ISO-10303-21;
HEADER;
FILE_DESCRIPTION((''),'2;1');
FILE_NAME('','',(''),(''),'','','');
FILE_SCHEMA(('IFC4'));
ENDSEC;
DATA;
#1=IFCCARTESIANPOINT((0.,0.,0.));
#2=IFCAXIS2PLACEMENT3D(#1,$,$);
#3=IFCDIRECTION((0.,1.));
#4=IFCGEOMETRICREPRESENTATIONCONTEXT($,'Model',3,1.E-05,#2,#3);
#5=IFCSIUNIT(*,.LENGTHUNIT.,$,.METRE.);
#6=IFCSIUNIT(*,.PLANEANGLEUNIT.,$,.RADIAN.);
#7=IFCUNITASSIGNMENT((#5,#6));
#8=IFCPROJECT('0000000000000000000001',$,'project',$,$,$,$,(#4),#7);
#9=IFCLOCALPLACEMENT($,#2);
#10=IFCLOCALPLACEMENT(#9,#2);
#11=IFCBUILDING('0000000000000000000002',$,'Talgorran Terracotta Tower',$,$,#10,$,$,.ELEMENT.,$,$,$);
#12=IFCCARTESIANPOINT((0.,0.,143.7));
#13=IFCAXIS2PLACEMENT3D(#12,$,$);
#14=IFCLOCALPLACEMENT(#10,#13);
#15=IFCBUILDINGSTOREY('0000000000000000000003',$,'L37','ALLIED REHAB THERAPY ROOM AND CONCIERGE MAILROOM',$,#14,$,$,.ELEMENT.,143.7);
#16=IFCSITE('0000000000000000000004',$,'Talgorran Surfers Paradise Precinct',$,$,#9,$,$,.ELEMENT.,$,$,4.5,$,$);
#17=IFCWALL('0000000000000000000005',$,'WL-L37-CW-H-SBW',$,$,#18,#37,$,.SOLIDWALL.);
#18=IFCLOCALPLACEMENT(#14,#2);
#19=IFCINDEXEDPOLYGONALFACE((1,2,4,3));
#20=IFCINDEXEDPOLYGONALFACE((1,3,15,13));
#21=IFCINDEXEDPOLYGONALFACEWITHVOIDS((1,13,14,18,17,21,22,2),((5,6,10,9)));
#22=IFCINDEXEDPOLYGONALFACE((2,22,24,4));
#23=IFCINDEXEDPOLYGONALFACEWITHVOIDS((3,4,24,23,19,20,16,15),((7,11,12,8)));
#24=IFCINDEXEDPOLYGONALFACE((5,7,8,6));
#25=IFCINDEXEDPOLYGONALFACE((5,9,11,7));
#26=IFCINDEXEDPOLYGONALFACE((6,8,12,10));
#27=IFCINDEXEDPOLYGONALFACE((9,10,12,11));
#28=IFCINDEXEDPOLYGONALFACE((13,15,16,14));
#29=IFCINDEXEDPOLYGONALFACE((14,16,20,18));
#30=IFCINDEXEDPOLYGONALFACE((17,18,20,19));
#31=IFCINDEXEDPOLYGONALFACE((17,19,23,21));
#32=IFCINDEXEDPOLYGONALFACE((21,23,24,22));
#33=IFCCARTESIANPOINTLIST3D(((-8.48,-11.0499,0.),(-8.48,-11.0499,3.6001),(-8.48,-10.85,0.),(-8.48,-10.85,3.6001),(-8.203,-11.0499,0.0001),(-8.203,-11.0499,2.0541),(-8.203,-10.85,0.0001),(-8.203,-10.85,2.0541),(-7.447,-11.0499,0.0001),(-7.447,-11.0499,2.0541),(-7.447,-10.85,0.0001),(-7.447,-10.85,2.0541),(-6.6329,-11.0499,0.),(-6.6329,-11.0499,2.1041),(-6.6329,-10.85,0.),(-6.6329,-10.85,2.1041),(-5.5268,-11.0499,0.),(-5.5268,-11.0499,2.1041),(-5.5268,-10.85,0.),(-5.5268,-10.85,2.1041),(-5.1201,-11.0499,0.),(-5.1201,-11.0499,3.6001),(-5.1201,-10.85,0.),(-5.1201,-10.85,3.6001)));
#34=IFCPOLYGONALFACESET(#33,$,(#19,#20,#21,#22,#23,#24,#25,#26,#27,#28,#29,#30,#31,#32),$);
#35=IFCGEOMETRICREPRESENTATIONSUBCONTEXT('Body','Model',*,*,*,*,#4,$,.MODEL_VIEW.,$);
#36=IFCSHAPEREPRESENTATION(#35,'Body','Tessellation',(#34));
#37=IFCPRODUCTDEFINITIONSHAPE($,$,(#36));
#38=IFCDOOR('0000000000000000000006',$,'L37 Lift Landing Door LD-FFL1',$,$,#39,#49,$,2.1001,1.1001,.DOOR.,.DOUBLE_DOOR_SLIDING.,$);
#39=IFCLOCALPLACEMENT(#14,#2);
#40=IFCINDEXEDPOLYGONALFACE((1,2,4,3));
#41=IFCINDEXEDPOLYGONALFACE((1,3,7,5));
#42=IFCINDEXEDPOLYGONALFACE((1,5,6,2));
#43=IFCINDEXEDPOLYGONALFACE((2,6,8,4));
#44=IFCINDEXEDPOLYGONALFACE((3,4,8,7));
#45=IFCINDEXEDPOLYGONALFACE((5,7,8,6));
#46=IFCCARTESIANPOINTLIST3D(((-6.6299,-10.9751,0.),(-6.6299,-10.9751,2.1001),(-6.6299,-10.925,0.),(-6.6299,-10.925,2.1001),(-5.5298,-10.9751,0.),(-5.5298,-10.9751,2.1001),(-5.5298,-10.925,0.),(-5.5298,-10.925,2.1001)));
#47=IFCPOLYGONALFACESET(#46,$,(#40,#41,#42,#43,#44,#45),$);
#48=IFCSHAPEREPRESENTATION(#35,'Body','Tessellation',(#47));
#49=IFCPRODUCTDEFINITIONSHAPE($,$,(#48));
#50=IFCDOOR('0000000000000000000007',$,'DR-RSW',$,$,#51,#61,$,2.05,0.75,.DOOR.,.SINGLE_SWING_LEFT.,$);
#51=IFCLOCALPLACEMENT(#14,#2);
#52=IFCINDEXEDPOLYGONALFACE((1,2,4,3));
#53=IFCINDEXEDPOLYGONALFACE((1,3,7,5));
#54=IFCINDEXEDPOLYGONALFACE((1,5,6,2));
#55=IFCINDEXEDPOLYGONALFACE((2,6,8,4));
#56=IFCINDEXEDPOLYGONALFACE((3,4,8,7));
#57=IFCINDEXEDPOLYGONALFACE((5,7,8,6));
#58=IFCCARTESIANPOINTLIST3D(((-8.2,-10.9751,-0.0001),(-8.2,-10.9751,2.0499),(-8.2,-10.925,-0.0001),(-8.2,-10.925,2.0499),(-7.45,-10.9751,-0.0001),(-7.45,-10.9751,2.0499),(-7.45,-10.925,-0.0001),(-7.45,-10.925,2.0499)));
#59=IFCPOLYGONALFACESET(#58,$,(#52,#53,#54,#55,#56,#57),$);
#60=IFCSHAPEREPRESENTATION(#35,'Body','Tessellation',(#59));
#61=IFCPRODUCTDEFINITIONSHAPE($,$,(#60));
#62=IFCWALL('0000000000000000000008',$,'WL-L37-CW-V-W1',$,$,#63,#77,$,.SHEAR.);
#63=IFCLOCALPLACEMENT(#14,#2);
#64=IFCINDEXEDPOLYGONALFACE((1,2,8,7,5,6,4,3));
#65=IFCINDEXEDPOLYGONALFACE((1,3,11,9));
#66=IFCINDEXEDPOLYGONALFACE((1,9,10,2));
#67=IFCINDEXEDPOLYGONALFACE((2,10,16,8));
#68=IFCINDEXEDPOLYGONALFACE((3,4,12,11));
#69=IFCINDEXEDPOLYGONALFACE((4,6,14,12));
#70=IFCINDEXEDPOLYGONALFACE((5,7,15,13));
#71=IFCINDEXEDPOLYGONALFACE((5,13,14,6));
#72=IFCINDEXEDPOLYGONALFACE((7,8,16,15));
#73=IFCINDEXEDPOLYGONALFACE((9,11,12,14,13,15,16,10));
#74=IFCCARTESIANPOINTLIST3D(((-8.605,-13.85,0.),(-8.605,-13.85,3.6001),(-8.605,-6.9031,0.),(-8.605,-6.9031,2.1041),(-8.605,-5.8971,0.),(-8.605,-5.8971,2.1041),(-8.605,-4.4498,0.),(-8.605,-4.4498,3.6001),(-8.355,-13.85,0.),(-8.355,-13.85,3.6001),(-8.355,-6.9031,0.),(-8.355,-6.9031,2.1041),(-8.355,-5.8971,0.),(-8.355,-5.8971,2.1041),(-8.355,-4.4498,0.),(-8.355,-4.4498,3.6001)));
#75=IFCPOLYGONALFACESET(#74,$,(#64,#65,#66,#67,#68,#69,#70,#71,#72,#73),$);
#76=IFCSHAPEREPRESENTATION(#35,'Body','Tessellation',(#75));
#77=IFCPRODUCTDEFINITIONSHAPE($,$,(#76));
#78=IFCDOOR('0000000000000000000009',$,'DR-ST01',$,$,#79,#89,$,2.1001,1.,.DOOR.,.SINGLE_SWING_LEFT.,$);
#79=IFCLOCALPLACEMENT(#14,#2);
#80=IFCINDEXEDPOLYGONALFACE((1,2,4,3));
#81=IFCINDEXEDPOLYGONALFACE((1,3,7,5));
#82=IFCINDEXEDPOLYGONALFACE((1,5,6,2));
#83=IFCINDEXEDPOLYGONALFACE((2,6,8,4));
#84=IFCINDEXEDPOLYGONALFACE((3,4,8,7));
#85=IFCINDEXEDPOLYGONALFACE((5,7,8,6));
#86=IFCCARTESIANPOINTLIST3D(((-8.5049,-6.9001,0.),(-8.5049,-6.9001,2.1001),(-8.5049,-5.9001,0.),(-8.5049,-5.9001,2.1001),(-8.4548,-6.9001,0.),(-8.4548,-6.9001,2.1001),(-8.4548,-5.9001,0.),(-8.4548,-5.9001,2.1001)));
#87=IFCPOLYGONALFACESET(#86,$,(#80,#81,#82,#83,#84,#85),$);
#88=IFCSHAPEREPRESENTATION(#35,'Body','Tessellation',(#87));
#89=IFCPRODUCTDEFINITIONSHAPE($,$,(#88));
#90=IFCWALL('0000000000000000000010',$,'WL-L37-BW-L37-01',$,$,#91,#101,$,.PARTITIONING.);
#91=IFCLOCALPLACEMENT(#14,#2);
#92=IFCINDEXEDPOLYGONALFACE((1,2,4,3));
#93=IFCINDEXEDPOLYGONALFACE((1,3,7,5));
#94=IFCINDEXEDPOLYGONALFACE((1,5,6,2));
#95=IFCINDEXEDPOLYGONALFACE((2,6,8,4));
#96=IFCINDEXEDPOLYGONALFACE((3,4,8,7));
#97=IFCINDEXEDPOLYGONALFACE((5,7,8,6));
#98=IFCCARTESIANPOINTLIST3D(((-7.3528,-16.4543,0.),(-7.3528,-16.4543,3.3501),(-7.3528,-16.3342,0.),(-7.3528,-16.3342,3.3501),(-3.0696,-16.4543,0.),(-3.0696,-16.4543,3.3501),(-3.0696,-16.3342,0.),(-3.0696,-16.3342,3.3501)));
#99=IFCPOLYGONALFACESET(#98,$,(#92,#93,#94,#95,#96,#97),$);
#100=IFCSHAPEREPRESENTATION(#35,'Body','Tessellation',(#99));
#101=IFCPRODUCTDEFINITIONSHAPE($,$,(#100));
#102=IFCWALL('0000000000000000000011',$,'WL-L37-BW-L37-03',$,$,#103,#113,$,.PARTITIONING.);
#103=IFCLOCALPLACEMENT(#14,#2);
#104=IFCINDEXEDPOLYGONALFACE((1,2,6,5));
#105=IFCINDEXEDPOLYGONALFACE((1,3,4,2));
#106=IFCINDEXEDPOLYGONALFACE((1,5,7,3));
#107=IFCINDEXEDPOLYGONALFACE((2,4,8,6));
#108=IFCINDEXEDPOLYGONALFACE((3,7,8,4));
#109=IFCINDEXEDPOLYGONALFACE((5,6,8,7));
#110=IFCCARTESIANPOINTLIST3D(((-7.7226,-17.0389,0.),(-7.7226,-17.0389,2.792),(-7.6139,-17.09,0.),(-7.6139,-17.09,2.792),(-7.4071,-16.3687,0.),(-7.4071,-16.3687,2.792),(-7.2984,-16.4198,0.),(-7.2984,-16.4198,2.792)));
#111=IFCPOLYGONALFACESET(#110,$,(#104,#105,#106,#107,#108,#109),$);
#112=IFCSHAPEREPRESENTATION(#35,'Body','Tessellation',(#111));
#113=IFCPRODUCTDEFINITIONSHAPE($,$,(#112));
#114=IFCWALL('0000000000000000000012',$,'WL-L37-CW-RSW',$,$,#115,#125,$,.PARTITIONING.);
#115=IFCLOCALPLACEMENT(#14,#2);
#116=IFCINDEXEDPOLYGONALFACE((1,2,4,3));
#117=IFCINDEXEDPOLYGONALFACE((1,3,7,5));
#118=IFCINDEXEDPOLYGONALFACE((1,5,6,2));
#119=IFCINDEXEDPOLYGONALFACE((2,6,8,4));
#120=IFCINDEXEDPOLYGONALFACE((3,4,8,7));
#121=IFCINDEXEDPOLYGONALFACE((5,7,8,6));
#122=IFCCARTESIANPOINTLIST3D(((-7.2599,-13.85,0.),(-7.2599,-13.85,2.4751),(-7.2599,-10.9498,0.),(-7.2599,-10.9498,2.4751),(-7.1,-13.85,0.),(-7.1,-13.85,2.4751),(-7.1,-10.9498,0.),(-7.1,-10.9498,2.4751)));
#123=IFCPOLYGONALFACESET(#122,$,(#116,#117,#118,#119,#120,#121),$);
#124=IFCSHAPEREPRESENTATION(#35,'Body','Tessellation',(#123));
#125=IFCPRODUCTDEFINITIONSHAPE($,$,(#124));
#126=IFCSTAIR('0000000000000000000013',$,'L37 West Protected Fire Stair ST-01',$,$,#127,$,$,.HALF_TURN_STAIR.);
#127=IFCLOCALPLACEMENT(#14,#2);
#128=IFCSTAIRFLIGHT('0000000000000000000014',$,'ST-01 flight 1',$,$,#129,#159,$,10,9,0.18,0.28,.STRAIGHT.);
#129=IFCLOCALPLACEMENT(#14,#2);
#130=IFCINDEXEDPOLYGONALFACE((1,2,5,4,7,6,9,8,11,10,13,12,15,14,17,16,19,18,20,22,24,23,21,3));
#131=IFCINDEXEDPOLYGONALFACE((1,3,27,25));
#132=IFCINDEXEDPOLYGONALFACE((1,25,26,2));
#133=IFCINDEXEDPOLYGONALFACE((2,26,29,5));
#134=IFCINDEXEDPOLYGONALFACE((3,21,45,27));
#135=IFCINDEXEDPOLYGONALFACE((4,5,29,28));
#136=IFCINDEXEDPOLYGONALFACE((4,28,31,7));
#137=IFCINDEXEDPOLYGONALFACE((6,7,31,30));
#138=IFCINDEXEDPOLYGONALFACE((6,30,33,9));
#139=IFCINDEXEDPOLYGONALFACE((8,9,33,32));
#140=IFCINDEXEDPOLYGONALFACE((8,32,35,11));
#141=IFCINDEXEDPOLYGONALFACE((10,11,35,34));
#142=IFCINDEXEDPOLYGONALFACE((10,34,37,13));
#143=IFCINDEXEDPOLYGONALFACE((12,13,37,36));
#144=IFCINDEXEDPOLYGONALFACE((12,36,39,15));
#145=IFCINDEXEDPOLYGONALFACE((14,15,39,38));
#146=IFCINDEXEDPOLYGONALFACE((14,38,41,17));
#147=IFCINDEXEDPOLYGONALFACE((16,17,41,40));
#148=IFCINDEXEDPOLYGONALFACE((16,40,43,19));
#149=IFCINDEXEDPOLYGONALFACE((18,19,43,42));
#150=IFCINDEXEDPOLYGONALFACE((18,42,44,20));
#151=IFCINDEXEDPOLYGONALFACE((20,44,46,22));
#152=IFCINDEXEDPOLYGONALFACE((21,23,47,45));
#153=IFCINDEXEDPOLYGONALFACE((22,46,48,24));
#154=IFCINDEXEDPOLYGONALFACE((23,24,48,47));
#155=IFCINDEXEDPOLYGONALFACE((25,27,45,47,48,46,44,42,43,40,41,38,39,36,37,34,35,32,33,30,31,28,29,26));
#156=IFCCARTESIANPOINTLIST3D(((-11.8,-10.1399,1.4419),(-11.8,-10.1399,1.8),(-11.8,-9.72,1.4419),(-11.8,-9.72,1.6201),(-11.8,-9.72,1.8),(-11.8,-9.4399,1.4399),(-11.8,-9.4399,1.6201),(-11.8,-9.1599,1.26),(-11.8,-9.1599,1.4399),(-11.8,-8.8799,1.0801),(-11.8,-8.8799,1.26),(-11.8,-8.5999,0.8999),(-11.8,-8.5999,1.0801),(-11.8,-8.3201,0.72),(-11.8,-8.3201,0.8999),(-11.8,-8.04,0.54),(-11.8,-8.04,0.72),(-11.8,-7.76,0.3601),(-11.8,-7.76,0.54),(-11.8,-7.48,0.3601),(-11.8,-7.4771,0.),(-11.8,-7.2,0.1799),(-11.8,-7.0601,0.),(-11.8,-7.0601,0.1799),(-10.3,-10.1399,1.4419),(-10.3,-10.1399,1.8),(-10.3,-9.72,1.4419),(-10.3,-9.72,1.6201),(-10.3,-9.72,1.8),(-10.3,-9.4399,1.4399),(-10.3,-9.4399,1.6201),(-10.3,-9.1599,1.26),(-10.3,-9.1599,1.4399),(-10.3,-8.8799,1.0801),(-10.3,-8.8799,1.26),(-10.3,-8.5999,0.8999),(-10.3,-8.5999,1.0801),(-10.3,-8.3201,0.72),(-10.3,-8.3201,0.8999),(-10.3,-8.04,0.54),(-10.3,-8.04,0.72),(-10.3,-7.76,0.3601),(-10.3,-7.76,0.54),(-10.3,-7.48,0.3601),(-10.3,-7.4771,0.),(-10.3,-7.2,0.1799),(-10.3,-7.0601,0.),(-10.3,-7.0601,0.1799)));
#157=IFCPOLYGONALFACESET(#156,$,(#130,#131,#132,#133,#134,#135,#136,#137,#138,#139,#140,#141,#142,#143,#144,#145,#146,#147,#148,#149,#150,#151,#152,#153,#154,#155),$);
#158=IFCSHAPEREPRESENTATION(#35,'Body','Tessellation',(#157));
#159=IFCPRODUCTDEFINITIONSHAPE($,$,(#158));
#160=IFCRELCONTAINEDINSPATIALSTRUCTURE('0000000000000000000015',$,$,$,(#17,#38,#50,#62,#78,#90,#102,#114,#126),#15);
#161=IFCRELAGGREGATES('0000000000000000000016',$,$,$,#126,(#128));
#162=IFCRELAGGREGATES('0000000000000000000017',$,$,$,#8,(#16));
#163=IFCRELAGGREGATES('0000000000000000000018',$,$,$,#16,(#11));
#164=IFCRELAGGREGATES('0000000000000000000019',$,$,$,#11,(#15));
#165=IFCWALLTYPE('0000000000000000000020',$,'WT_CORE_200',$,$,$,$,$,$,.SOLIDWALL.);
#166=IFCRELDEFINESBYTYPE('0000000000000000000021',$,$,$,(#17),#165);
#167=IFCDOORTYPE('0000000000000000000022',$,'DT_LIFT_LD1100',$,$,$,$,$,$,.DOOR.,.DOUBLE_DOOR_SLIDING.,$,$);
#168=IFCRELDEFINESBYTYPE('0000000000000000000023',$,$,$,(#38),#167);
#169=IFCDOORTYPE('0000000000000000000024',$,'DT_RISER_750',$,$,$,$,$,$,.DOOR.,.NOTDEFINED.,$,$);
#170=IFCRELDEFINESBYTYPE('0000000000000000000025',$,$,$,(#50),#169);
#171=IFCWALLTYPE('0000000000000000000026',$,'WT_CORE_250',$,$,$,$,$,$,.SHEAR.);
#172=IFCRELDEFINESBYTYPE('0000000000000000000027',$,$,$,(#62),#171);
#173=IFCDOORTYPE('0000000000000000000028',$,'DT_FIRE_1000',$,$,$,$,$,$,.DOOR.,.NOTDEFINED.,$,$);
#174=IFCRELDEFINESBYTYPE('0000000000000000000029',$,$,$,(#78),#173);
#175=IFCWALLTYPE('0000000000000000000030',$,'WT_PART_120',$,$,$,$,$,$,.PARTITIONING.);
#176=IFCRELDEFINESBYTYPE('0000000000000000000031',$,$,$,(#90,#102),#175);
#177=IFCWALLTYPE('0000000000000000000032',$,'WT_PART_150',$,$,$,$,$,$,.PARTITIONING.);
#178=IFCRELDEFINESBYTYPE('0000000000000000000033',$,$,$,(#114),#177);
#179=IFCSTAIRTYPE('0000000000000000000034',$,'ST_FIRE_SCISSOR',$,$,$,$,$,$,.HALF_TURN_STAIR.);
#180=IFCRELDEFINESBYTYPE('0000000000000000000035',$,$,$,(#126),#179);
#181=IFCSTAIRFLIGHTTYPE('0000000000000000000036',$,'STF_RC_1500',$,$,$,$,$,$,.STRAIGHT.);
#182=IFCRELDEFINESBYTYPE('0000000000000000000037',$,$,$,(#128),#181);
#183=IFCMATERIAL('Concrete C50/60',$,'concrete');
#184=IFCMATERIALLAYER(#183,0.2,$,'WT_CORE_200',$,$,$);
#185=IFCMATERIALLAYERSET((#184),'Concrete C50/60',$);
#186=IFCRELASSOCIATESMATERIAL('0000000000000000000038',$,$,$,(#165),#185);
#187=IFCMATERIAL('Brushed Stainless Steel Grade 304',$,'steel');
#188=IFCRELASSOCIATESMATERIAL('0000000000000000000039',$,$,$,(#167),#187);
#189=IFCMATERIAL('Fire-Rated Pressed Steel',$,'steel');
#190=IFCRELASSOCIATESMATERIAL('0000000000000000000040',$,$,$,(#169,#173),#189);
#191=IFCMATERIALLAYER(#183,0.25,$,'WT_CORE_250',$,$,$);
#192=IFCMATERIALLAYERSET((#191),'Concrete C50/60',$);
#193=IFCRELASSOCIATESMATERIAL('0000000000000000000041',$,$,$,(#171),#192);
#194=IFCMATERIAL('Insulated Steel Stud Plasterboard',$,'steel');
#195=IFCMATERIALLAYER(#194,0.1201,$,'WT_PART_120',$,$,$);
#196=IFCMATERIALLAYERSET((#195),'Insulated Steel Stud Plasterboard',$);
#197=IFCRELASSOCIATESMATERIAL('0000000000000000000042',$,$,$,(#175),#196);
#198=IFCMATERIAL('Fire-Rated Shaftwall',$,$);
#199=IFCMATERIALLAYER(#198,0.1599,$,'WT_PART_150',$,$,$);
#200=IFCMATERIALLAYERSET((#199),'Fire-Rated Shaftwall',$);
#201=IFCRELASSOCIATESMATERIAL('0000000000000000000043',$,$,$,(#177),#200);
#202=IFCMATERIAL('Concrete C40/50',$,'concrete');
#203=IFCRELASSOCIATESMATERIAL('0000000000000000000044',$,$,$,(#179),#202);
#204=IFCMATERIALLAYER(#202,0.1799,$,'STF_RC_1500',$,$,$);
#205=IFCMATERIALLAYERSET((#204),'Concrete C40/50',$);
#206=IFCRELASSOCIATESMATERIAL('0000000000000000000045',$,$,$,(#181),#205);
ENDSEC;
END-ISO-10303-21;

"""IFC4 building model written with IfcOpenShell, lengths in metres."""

from ifc_helpers import new_model, si_unit, direction, frame, frame_2d, origin, place, context, subcontext, project, spatial, polyline, rectangle, outline, extrude, material, layer, layer_set, type_object, element, fill, aggregate, save


model = new_model("IFC4")

# Units and contexts
model_context = context("Model", 3, precision=1e-05, world=origin(), true_north=direction((0.0, 1.0)))
body_context = subcontext(model_context, "Body", "Model", "MODEL_VIEW")
ifc_project = project(units=[si_unit("LENGTHUNIT", "METRE"), si_unit("PLANEANGLEUNIT", "RADIAN")], contexts=[model_context])

# Site, building, storey
site_placement = place(None, origin())
site = spatial("IfcSite", under=ifc_project, at=site_placement, Name="Talgorran Surfers Paradise Precinct", CompositionType="ELEMENT", RefElevation=4.5)
building_placement = place(site_placement, origin())
building = spatial("IfcBuilding", under=site, at=building_placement, Name="Talgorran Terracotta Tower", CompositionType="ELEMENT")
storey_placement = place(building_placement, frame((0.0, 0.0, 143.7)))
storey = spatial("IfcBuildingStorey", under=building, at=storey_placement, Name="L37", Description="ALLIED REHAB THERAPY ROOM AND CONCIERGE MAILROOM", CompositionType="ELEMENT", Elevation=143.7)

# Shared definitions
ifc_material_1 = material(Name="Concrete C50/60", Category="concrete")

# Wall, openings, doors
ifc_layer_1 = layer(ifc_material_1, 0.2, Name="WT_CORE_200")
ifc_layer_set_1 = layer_set([ifc_layer_1], Name="Concrete C50/60")
wall_type_1 = type_object("IfcWallType", Name="WT_CORE_200", PredefinedType="SOLIDWALL", material=ifc_layer_set_1)
wall_1_placement = place(storey_placement, frame((-8.48, -10.95, 0.0), z_axis=(0.0, 0.0, 1.0), x_axis=(1.0, 0.0, 0.0)))
wall_1 = element("IfcWall", 1, at=wall_1_placement, inside=storey, type_object=wall_type_1, Name="WL-L37-CW-H-SBW", PredefinedType="SOLIDWALL", context=body_context, shape_type="SweptSolid", body=[
    extrude(rectangle(XDim=3.3599, YDim=0.2, at=frame_2d((1.6799, 0.0))), origin(), (0.0, 0.0, 1.0), 3.6001),
])
opening_1_placement = place(wall_1_placement, frame((0.28, 0.0, 0.0)))
opening_1 = element("IfcOpeningElement", 2, at=opening_1_placement, cuts=wall_1, PredefinedType="OPENING", context=body_context, shape_type="SweptSolid", body=[
    extrude(rectangle(XDim=0.756, YDim=2.054, at=frame_2d((0.375, 1.0271))), frame((0.0, 0.1099, 0.0), z_axis=(0.0, -1.0, 0.0), x_axis=(1.0, 0.0, 0.0)), (0.0, 0.0, 1.0), 0.22),
])
opening_2_placement = place(wall_1_placement, frame((1.8501, 0.0, 0.0)))
opening_2 = element("IfcOpeningElement", 3, at=opening_2_placement, cuts=wall_1, PredefinedType="OPENING", context=body_context, shape_type="SweptSolid", body=[
    extrude(rectangle(XDim=1.1061, YDim=2.1041, at=frame_2d((0.55, 1.052))), frame((0.0, 0.1099, 0.0), z_axis=(0.0, -1.0, 0.0), x_axis=(1.0, 0.0, 0.0)), (0.0, 0.0, 1.0), 0.22),
])
ifc_material_2 = material(Name="Brushed Stainless Steel Grade 304", Category="steel")
door_type_1 = type_object("IfcDoorType", Name="DT_LIFT_LD1100", OperationType="DOUBLE_DOOR_SLIDING", PredefinedType="DOOR", material=ifc_material_2)
door_1_placement = place(opening_2_placement, origin())
door_1 = element("IfcDoor", 4, at=door_1_placement, inside=storey, type_object=door_type_1, Name="L37 Lift Landing Door LD-FFL1", OperationType="DOUBLE_DOOR_SLIDING", OverallHeight=2.1001, OverallWidth=1.1001, PredefinedType="DOOR", context=body_context, shape_type="SweptSolid", body=[
    extrude(rectangle(XDim=1.1001, YDim=2.1001, at=frame_2d((0.55, 1.05))), frame((0.0, 0.0249, 0.0), z_axis=(0.0, -1.0, 0.0), x_axis=(1.0, 0.0, 0.0)), (0.0, 0.0, 1.0), 0.05),
])
fill(opening_2, door_1)
ifc_material_3 = material(Name="Fire-Rated Pressed Steel", Category="steel")
door_type_2 = type_object("IfcDoorType", Name="DT_RISER_750", OperationType="NOTDEFINED", PredefinedType="DOOR", material=ifc_material_3)
door_2_placement = place(opening_1_placement, origin())
door_2 = element("IfcDoor", 5, at=door_2_placement, inside=storey, type_object=door_type_2, Name="DR-RSW", OperationType="SINGLE_SWING_LEFT", OverallHeight=2.05, OverallWidth=0.75, PredefinedType="DOOR", context=body_context, shape_type="SweptSolid", body=[
    extrude(rectangle(XDim=0.75, YDim=2.05, at=frame_2d((0.375, 1.0249))), frame((0.0, 0.0249, 0.0), z_axis=(0.0, -1.0, 0.0), x_axis=(1.0, 0.0, 0.0)), (0.0, 0.0, 1.0), 0.05),
])
fill(opening_1, door_2)

# Wall, opening, door
ifc_layer_2 = layer(ifc_material_1, 0.25, Name="WT_CORE_250")
ifc_layer_set_2 = layer_set([ifc_layer_2], Name="Concrete C50/60")
wall_type_2 = type_object("IfcWallType", Name="WT_CORE_250", PredefinedType="SHEAR", material=ifc_layer_set_2)
wall_2_placement = place(storey_placement, frame((-8.48, -13.8501, 0.0), z_axis=(0.0, 0.0, 1.0), x_axis=(0.0, 1.0, 0.0)))
wall_2 = element("IfcWall", 6, at=wall_2_placement, inside=storey, type_object=wall_type_2, Name="WL-L37-CW-V-W1", PredefinedType="SHEAR", context=body_context, shape_type="SweptSolid", body=[
    extrude(rectangle(XDim=9.4001, YDim=0.25, at=frame_2d((4.7002, 0.0))), origin(), (0.0, 0.0, 1.0), 3.6001),
])
opening_3_placement = place(wall_2_placement, frame((6.95, 0.0, 0.0)))
opening_3 = element("IfcOpeningElement", 7, at=opening_3_placement, cuts=wall_2, PredefinedType="OPENING", context=body_context, shape_type="SweptSolid", body=[
    extrude(rectangle(XDim=1.006, YDim=2.1041, at=frame_2d((0.5, 1.052))), frame((0.0, 0.135, 0.0), z_axis=(0.0, -1.0, 0.0), x_axis=(1.0, 0.0, 0.0)), (0.0, 0.0, 1.0), 0.27),
])
door_type_3 = type_object("IfcDoorType", Name="DT_FIRE_1000", OperationType="NOTDEFINED", PredefinedType="DOOR", material=ifc_material_3)
door_3_placement = place(opening_3_placement, origin())
door_3 = element("IfcDoor", 8, at=door_3_placement, inside=storey, type_object=door_type_3, Name="DR-ST01", OperationType="SINGLE_SWING_LEFT", OverallHeight=2.1001, OverallWidth=1.0, PredefinedType="DOOR", context=body_context, shape_type="SweptSolid", body=[
    extrude(rectangle(XDim=1.0, YDim=2.1001, at=frame_2d((0.5, 1.05))), frame((0.0, 0.0249, 0.0), z_axis=(0.0, -1.0, 0.0), x_axis=(1.0, 0.0, 0.0)), (0.0, 0.0, 1.0), 0.05),
])
fill(opening_3, door_3)

# Walls
ifc_material_4 = material(Name="Insulated Steel Stud Plasterboard", Category="steel")
ifc_layer_3 = layer(ifc_material_4, 0.1201, Name="WT_PART_120")
ifc_layer_set_3 = layer_set([ifc_layer_3], Name="Insulated Steel Stud Plasterboard")
wall_type_3 = type_object("IfcWallType", Name="WT_PART_120", PredefinedType="PARTITIONING", material=ifc_layer_set_3)
wall_3_placement = place(storey_placement, frame((-7.3528, -16.3943, 0.0), z_axis=(0.0, 0.0, 1.0), x_axis=(1.0, 0.0, 0.0)))
element("IfcWall", 9, at=wall_3_placement, inside=storey, type_object=wall_type_3, Name="WL-L37-BW-L37-01", PredefinedType="PARTITIONING", context=body_context, shape_type="SweptSolid", body=[
    extrude(rectangle(XDim=4.2832, YDim=0.1201, at=frame_2d((2.1416, 0.0))), origin(), (0.0, 0.0, 1.0), 3.3501),
])
wall_4_placement = place(storey_placement, frame((-7.6682, -17.0645, 0.0), z_axis=(0.0, 0.0, 1.0), x_axis=(0.425861, 0.904789, 0.0)))
element("IfcWall", 10, at=wall_4_placement, inside=storey, type_object=wall_type_3, Name="WL-L37-BW-L37-03", PredefinedType="PARTITIONING", context=body_context, shape_type="SweptSolid", body=[
    extrude(rectangle(XDim=0.7407, YDim=0.1201, at=frame_2d((0.3704, 0.0))), origin(), (0.0, 0.0, 1.0), 2.792),
])
ifc_material_5 = material(Name="Fire-Rated Shaftwall")
ifc_layer_4 = layer(ifc_material_5, 0.1599, Name="WT_PART_150")
ifc_layer_set_4 = layer_set([ifc_layer_4], Name="Fire-Rated Shaftwall")
wall_type_4 = type_object("IfcWallType", Name="WT_PART_150", PredefinedType="PARTITIONING", material=ifc_layer_set_4)
wall_5_placement = place(storey_placement, frame((-7.1799, -13.8501, 0.0), z_axis=(0.0, 0.0, 1.0), x_axis=(0.0, 1.0, 0.0)))
element("IfcWall", 11, at=wall_5_placement, inside=storey, type_object=wall_type_4, Name="WL-L37-CW-RSW", PredefinedType="PARTITIONING", context=body_context, shape_type="SweptSolid", body=[
    extrude(rectangle(XDim=2.9001, YDim=0.1599, at=frame_2d((1.4502, 0.0))), origin(), (0.0, 0.0, 1.0), 2.4751),
])

# Stair, stair flight
ifc_material_6 = material(Name="Concrete C40/50", Category="concrete")
stair_type = type_object("IfcStairType", Name="ST_FIRE_SCISSOR", PredefinedType="HALF_TURN_STAIR", material=ifc_material_6)
stair_placement = place(storey_placement, origin())
stair = element("IfcStair", 12, at=stair_placement, inside=storey, type_object=stair_type, Name="L37 West Protected Fire Stair ST-01", PredefinedType="HALF_TURN_STAIR")
ifc_layer_5 = layer(ifc_material_6, 0.1799, Name="STF_RC_1500")
ifc_layer_set_5 = layer_set([ifc_layer_5], Name="Concrete C40/50")
stair_flight_type = type_object("IfcStairFlightType", Name="STF_RC_1500", PredefinedType="STRAIGHT", material=ifc_layer_set_5)
stair_flight_1_placement = place(storey_placement, frame((-11.05, -7.2, 0.0), z_axis=(0.0, 0.0, 1.0), x_axis=(0.0, -1.0, 0.0)))
stair_flight_1 = element("IfcStairFlight", 13, at=stair_flight_1_placement, type_object=stair_flight_type, Name="ST-01 flight 1", NumberOfRisers=10, NumberOfTreads=9, PredefinedType="STRAIGHT", RiserHeight=0.18, TreadLength=0.28, context=body_context, shape_type="SweptSolid", body=[
    extrude(outline(polyline([(-0.1399, 0.0), (-0.1399, 0.1799), (0.0, 0.1799), (0.28, 0.3601), (0.5601, 0.3601), (0.5601, 0.54), (0.8401, 0.54), (0.8401, 0.72), (1.1201, 0.72), (1.1201, 0.8999), (1.3999, 0.8999), (1.3999, 1.0801), (1.6799, 1.0801), (1.6799, 1.26), (1.96, 1.26), (1.96, 1.4399), (2.24, 1.4399), (2.24, 1.6201), (2.52, 1.6201), (2.52, 1.8), (2.9399, 1.8), (2.9399, 1.4419), (2.52, 1.4419), (0.2771, 0.0), (-0.1399, 0.0)])), frame((0.0, 0.75, 0.0), z_axis=(0.0, -1.0, 0.0), x_axis=(1.0, 0.0, 0.0)), (0.0, 0.0, 1.0), 1.5),
])
aggregate(stair, [stair_flight_1])

save(model, "model.ifc")
